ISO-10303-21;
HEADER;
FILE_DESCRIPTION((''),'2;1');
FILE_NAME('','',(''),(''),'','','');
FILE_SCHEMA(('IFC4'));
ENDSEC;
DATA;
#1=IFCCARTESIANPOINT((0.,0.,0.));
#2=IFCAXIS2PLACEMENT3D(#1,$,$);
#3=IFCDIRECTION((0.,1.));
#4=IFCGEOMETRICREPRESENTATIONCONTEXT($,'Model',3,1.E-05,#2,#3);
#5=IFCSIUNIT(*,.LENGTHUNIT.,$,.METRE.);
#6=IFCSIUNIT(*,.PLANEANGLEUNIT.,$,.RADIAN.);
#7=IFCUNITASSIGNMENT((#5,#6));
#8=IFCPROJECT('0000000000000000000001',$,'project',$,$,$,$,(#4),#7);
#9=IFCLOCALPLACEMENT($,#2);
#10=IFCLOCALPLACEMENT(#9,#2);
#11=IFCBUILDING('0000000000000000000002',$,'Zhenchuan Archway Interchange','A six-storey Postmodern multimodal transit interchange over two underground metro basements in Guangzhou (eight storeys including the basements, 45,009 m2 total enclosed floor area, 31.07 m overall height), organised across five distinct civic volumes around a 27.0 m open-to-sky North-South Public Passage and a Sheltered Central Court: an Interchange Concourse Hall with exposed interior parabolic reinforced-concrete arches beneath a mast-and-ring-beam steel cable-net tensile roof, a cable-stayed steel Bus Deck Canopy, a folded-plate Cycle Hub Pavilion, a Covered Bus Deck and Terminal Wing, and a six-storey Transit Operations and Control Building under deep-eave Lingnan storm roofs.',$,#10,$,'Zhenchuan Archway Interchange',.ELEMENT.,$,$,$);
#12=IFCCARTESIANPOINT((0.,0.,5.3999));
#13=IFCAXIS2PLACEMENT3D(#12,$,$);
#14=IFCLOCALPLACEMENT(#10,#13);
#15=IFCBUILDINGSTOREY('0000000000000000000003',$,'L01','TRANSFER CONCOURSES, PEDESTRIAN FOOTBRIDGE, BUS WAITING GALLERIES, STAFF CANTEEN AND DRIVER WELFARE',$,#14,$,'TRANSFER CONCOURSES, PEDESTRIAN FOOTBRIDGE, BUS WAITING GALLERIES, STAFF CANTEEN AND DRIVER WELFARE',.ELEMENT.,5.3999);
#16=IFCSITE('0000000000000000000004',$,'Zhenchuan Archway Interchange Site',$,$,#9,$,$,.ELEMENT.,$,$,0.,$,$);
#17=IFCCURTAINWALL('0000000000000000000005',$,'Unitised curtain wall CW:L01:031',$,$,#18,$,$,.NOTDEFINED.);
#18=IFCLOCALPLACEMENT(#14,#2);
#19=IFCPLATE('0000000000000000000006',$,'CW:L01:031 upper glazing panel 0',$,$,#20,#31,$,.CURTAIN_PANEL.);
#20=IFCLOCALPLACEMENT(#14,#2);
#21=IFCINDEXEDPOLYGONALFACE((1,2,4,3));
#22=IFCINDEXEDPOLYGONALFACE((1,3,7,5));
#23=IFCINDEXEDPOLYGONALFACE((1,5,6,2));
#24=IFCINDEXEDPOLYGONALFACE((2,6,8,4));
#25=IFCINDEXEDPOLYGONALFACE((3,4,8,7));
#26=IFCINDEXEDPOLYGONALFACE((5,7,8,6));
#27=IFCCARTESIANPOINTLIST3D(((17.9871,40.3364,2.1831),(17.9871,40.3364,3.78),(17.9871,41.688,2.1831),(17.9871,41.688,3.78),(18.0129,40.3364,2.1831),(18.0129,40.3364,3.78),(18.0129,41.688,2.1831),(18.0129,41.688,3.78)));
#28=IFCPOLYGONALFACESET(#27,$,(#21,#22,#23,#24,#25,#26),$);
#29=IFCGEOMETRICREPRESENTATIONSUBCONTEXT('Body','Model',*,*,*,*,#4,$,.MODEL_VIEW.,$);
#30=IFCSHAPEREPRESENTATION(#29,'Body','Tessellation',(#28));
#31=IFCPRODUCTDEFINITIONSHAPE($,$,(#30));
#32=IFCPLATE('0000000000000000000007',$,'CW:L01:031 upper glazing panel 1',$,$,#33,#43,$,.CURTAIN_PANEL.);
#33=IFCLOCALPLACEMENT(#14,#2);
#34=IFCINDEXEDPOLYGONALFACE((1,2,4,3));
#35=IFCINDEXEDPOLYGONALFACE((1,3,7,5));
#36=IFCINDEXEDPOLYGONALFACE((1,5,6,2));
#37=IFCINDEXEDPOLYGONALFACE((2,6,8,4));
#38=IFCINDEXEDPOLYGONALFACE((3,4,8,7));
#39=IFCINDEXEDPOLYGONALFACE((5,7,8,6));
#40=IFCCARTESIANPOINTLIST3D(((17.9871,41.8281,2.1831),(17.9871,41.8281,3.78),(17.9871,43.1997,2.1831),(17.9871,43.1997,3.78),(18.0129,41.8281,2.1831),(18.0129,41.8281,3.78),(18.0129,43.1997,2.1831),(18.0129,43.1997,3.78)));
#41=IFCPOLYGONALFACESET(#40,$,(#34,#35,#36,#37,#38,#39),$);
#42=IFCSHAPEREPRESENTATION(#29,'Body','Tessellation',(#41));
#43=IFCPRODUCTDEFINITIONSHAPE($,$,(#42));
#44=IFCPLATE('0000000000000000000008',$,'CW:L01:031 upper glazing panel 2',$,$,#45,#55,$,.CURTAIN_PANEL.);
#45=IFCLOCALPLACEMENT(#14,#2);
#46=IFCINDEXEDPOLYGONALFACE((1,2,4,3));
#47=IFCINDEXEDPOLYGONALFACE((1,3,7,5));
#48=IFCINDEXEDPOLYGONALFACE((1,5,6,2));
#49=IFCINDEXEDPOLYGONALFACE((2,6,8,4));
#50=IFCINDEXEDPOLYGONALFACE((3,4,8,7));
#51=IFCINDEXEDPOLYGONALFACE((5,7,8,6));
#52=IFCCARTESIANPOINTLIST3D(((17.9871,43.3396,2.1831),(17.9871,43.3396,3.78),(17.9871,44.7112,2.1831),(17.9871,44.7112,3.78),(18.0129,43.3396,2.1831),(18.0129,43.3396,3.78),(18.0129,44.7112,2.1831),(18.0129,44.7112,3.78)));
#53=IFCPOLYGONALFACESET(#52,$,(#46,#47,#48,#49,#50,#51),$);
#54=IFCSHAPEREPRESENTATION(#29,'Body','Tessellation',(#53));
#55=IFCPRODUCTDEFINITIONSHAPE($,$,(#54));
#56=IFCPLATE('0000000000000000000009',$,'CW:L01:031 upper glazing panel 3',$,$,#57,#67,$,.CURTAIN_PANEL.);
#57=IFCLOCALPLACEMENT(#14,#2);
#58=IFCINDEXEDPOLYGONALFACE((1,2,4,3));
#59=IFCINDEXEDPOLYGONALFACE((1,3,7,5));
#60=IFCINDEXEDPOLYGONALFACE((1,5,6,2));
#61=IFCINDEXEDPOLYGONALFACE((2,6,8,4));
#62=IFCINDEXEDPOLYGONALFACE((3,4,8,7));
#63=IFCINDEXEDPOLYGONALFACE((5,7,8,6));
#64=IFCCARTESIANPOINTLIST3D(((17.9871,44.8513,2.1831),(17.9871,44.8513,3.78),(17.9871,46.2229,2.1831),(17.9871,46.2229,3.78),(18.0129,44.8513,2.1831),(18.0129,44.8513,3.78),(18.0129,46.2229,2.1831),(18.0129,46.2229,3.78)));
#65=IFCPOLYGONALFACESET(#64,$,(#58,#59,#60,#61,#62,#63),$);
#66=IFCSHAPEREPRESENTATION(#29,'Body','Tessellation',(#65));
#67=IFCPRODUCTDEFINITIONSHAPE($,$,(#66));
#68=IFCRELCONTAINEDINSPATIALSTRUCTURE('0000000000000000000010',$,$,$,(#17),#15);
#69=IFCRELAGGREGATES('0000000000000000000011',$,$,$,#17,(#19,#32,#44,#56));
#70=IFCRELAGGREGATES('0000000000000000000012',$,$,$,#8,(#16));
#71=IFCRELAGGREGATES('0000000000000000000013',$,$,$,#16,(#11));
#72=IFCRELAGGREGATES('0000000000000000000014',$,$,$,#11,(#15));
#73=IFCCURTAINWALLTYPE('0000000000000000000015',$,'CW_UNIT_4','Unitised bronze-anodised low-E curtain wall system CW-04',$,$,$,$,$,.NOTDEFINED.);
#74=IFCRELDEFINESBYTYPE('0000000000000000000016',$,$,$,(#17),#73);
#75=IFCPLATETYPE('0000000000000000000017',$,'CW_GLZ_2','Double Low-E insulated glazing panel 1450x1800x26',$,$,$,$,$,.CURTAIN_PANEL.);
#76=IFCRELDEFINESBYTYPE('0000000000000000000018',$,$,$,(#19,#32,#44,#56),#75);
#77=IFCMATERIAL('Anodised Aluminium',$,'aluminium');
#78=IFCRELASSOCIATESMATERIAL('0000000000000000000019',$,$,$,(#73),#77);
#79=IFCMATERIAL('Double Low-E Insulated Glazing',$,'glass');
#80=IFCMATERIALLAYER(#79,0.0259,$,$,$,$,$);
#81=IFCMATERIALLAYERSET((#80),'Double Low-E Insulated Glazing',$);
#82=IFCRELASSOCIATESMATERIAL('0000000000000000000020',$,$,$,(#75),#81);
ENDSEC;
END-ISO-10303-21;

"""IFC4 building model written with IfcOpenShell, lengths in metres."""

from ifc_helpers import new_model, si_unit, direction, frame, origin, origin_2d, place, context, subcontext, project, spatial, rectangle, extrude, material, layer, layer_set, type_object, element, aggregate, save


model = new_model("IFC4")

# Units and contexts
model_context = context("Model", 3, precision=1e-05, world=origin(), true_north=direction((0.0, 1.0)))
body_context = subcontext(model_context, "Body", "Model", "MODEL_VIEW")
ifc_project = project(units=[si_unit("LENGTHUNIT", "METRE"), si_unit("PLANEANGLEUNIT", "RADIAN")], contexts=[model_context])

# Site, building, storey
site_placement = place(None, origin())
site = spatial("IfcSite", under=ifc_project, at=site_placement, Name="Zhenchuan Archway Interchange Site", CompositionType="ELEMENT", RefElevation=0.0)
building_placement = place(site_placement, origin())
building = spatial("IfcBuilding", under=site, at=building_placement, Name="Zhenchuan Archway Interchange", Description="A six-storey Postmodern multimodal transit interchange over two underground metro basements in Guangzhou (eight storeys including the basements, 45,009 m2 total enclosed floor area, 31.07 m overall height), organised across five distinct civic volumes around a 27.0 m open-to-sky North-South Public Passage and a Sheltered Central Court: an Interchange Concourse Hall with exposed interior parabolic reinforced-concrete arches beneath a mast-and-ring-beam steel cable-net tensile roof, a cable-stayed steel Bus Deck Canopy, a folded-plate Cycle Hub Pavilion, a Covered Bus Deck and Terminal Wing, and a six-storey Transit Operations and Control Building under deep-eave Lingnan storm roofs.", LongName="Zhenchuan Archway Interchange", CompositionType="ELEMENT")
storey_placement = place(building_placement, frame((0.0, 0.0, 5.3999)))
storey = spatial("IfcBuildingStorey", under=building, at=storey_placement, Name="L01", Description="TRANSFER CONCOURSES, PEDESTRIAN FOOTBRIDGE, BUS WAITING GALLERIES, STAFF CANTEEN AND DRIVER WELFARE", LongName="TRANSFER CONCOURSES, PEDESTRIAN FOOTBRIDGE, BUS WAITING GALLERIES, STAFF CANTEEN AND DRIVER WELFARE", CompositionType="ELEMENT", Elevation=5.3999)

# Curtain wall, plates
ifc_material_1 = material(Name="Anodised Aluminium", Category="aluminium")
curtain_wall_type = type_object("IfcCurtainWallType", Name="CW_UNIT_4", Description="Unitised bronze-anodised low-E curtain wall system CW-04", PredefinedType="NOTDEFINED", material=ifc_material_1)
curtain_wall_placement = place(storey_placement, origin())
curtain_wall = element("IfcCurtainWall", 1, at=curtain_wall_placement, inside=storey, type_object=curtain_wall_type, Name="Unitised curtain wall CW:L01:031", PredefinedType="NOTDEFINED")
ifc_material_2 = material(Name="Double Low-E Insulated Glazing", Category="glass")
ifc_layer_1 = layer(ifc_material_2, 0.0259)
ifc_layer_set_1 = layer_set([ifc_layer_1], Name="Double Low-E Insulated Glazing")
plate_type_1 = type_object("IfcPlateType", Name="CW_GLZ_2", Description="Double Low-E insulated glazing panel 1450x1800x26", PredefinedType="CURTAIN_PANEL", material=ifc_layer_set_1)
plate_1_placement = place(storey_placement, frame((18.0, 41.0122, 2.1831), z_axis=(0.0, 0.0, 1.0), x_axis=(0.0, 1.0, 0.0)))
plate_1 = element("IfcPlate", 2, at=plate_1_placement, type_object=plate_type_1, Name="CW:L01:031 upper glazing panel 0", PredefinedType="CURTAIN_PANEL", context=body_context, shape_type="SweptSolid", body=[
    extrude(rectangle(XDim=1.3516, YDim=0.0259, at=origin_2d()), origin(), (0.0, 0.0, 1.0), 1.5969),
])
plate_2_placement = place(storey_placement, frame((18.0, 42.5139, 2.1831), z_axis=(0.0, 0.0, 1.0), x_axis=(0.0, 1.0, 0.0)))
plate_2 = element("IfcPlate", 3, at=plate_2_placement, type_object=plate_type_1, Name="CW:L01:031 upper glazing panel 1", PredefinedType="CURTAIN_PANEL", context=body_context, shape_type="SweptSolid", body=[
    extrude(rectangle(XDim=1.3716, YDim=0.0259, at=origin_2d()), origin(), (0.0, 0.0, 1.0), 1.5969),
])
plate_3_placement = place(storey_placement, frame((18.0, 44.0254, 2.1831), z_axis=(0.0, 0.0, 1.0), x_axis=(0.0, 1.0, 0.0)))
plate_3 = element("IfcPlate", 4, at=plate_3_placement, type_object=plate_type_1, Name="CW:L01:031 upper glazing panel 2", PredefinedType="CURTAIN_PANEL", context=body_context, shape_type="SweptSolid", body=[
    extrude(rectangle(XDim=1.3716, YDim=0.0259, at=origin_2d()), origin(), (0.0, 0.0, 1.0), 1.5969),
])
plate_4_placement = place(storey_placement, frame((18.0, 45.5371, 2.1831), z_axis=(0.0, 0.0, 1.0), x_axis=(0.0, 1.0, 0.0)))
plate_4 = element("IfcPlate", 5, at=plate_4_placement, type_object=plate_type_1, Name="CW:L01:031 upper glazing panel 3", PredefinedType="CURTAIN_PANEL", context=body_context, shape_type="SweptSolid", body=[
    extrude(rectangle(XDim=1.3716, YDim=0.0259, at=origin_2d()), origin(), (0.0, 0.0, 1.0), 1.5969),
])
aggregate(curtain_wall, [plate_1, plate_2, plate_3, plate_4])

save(model, "model.ifc")
